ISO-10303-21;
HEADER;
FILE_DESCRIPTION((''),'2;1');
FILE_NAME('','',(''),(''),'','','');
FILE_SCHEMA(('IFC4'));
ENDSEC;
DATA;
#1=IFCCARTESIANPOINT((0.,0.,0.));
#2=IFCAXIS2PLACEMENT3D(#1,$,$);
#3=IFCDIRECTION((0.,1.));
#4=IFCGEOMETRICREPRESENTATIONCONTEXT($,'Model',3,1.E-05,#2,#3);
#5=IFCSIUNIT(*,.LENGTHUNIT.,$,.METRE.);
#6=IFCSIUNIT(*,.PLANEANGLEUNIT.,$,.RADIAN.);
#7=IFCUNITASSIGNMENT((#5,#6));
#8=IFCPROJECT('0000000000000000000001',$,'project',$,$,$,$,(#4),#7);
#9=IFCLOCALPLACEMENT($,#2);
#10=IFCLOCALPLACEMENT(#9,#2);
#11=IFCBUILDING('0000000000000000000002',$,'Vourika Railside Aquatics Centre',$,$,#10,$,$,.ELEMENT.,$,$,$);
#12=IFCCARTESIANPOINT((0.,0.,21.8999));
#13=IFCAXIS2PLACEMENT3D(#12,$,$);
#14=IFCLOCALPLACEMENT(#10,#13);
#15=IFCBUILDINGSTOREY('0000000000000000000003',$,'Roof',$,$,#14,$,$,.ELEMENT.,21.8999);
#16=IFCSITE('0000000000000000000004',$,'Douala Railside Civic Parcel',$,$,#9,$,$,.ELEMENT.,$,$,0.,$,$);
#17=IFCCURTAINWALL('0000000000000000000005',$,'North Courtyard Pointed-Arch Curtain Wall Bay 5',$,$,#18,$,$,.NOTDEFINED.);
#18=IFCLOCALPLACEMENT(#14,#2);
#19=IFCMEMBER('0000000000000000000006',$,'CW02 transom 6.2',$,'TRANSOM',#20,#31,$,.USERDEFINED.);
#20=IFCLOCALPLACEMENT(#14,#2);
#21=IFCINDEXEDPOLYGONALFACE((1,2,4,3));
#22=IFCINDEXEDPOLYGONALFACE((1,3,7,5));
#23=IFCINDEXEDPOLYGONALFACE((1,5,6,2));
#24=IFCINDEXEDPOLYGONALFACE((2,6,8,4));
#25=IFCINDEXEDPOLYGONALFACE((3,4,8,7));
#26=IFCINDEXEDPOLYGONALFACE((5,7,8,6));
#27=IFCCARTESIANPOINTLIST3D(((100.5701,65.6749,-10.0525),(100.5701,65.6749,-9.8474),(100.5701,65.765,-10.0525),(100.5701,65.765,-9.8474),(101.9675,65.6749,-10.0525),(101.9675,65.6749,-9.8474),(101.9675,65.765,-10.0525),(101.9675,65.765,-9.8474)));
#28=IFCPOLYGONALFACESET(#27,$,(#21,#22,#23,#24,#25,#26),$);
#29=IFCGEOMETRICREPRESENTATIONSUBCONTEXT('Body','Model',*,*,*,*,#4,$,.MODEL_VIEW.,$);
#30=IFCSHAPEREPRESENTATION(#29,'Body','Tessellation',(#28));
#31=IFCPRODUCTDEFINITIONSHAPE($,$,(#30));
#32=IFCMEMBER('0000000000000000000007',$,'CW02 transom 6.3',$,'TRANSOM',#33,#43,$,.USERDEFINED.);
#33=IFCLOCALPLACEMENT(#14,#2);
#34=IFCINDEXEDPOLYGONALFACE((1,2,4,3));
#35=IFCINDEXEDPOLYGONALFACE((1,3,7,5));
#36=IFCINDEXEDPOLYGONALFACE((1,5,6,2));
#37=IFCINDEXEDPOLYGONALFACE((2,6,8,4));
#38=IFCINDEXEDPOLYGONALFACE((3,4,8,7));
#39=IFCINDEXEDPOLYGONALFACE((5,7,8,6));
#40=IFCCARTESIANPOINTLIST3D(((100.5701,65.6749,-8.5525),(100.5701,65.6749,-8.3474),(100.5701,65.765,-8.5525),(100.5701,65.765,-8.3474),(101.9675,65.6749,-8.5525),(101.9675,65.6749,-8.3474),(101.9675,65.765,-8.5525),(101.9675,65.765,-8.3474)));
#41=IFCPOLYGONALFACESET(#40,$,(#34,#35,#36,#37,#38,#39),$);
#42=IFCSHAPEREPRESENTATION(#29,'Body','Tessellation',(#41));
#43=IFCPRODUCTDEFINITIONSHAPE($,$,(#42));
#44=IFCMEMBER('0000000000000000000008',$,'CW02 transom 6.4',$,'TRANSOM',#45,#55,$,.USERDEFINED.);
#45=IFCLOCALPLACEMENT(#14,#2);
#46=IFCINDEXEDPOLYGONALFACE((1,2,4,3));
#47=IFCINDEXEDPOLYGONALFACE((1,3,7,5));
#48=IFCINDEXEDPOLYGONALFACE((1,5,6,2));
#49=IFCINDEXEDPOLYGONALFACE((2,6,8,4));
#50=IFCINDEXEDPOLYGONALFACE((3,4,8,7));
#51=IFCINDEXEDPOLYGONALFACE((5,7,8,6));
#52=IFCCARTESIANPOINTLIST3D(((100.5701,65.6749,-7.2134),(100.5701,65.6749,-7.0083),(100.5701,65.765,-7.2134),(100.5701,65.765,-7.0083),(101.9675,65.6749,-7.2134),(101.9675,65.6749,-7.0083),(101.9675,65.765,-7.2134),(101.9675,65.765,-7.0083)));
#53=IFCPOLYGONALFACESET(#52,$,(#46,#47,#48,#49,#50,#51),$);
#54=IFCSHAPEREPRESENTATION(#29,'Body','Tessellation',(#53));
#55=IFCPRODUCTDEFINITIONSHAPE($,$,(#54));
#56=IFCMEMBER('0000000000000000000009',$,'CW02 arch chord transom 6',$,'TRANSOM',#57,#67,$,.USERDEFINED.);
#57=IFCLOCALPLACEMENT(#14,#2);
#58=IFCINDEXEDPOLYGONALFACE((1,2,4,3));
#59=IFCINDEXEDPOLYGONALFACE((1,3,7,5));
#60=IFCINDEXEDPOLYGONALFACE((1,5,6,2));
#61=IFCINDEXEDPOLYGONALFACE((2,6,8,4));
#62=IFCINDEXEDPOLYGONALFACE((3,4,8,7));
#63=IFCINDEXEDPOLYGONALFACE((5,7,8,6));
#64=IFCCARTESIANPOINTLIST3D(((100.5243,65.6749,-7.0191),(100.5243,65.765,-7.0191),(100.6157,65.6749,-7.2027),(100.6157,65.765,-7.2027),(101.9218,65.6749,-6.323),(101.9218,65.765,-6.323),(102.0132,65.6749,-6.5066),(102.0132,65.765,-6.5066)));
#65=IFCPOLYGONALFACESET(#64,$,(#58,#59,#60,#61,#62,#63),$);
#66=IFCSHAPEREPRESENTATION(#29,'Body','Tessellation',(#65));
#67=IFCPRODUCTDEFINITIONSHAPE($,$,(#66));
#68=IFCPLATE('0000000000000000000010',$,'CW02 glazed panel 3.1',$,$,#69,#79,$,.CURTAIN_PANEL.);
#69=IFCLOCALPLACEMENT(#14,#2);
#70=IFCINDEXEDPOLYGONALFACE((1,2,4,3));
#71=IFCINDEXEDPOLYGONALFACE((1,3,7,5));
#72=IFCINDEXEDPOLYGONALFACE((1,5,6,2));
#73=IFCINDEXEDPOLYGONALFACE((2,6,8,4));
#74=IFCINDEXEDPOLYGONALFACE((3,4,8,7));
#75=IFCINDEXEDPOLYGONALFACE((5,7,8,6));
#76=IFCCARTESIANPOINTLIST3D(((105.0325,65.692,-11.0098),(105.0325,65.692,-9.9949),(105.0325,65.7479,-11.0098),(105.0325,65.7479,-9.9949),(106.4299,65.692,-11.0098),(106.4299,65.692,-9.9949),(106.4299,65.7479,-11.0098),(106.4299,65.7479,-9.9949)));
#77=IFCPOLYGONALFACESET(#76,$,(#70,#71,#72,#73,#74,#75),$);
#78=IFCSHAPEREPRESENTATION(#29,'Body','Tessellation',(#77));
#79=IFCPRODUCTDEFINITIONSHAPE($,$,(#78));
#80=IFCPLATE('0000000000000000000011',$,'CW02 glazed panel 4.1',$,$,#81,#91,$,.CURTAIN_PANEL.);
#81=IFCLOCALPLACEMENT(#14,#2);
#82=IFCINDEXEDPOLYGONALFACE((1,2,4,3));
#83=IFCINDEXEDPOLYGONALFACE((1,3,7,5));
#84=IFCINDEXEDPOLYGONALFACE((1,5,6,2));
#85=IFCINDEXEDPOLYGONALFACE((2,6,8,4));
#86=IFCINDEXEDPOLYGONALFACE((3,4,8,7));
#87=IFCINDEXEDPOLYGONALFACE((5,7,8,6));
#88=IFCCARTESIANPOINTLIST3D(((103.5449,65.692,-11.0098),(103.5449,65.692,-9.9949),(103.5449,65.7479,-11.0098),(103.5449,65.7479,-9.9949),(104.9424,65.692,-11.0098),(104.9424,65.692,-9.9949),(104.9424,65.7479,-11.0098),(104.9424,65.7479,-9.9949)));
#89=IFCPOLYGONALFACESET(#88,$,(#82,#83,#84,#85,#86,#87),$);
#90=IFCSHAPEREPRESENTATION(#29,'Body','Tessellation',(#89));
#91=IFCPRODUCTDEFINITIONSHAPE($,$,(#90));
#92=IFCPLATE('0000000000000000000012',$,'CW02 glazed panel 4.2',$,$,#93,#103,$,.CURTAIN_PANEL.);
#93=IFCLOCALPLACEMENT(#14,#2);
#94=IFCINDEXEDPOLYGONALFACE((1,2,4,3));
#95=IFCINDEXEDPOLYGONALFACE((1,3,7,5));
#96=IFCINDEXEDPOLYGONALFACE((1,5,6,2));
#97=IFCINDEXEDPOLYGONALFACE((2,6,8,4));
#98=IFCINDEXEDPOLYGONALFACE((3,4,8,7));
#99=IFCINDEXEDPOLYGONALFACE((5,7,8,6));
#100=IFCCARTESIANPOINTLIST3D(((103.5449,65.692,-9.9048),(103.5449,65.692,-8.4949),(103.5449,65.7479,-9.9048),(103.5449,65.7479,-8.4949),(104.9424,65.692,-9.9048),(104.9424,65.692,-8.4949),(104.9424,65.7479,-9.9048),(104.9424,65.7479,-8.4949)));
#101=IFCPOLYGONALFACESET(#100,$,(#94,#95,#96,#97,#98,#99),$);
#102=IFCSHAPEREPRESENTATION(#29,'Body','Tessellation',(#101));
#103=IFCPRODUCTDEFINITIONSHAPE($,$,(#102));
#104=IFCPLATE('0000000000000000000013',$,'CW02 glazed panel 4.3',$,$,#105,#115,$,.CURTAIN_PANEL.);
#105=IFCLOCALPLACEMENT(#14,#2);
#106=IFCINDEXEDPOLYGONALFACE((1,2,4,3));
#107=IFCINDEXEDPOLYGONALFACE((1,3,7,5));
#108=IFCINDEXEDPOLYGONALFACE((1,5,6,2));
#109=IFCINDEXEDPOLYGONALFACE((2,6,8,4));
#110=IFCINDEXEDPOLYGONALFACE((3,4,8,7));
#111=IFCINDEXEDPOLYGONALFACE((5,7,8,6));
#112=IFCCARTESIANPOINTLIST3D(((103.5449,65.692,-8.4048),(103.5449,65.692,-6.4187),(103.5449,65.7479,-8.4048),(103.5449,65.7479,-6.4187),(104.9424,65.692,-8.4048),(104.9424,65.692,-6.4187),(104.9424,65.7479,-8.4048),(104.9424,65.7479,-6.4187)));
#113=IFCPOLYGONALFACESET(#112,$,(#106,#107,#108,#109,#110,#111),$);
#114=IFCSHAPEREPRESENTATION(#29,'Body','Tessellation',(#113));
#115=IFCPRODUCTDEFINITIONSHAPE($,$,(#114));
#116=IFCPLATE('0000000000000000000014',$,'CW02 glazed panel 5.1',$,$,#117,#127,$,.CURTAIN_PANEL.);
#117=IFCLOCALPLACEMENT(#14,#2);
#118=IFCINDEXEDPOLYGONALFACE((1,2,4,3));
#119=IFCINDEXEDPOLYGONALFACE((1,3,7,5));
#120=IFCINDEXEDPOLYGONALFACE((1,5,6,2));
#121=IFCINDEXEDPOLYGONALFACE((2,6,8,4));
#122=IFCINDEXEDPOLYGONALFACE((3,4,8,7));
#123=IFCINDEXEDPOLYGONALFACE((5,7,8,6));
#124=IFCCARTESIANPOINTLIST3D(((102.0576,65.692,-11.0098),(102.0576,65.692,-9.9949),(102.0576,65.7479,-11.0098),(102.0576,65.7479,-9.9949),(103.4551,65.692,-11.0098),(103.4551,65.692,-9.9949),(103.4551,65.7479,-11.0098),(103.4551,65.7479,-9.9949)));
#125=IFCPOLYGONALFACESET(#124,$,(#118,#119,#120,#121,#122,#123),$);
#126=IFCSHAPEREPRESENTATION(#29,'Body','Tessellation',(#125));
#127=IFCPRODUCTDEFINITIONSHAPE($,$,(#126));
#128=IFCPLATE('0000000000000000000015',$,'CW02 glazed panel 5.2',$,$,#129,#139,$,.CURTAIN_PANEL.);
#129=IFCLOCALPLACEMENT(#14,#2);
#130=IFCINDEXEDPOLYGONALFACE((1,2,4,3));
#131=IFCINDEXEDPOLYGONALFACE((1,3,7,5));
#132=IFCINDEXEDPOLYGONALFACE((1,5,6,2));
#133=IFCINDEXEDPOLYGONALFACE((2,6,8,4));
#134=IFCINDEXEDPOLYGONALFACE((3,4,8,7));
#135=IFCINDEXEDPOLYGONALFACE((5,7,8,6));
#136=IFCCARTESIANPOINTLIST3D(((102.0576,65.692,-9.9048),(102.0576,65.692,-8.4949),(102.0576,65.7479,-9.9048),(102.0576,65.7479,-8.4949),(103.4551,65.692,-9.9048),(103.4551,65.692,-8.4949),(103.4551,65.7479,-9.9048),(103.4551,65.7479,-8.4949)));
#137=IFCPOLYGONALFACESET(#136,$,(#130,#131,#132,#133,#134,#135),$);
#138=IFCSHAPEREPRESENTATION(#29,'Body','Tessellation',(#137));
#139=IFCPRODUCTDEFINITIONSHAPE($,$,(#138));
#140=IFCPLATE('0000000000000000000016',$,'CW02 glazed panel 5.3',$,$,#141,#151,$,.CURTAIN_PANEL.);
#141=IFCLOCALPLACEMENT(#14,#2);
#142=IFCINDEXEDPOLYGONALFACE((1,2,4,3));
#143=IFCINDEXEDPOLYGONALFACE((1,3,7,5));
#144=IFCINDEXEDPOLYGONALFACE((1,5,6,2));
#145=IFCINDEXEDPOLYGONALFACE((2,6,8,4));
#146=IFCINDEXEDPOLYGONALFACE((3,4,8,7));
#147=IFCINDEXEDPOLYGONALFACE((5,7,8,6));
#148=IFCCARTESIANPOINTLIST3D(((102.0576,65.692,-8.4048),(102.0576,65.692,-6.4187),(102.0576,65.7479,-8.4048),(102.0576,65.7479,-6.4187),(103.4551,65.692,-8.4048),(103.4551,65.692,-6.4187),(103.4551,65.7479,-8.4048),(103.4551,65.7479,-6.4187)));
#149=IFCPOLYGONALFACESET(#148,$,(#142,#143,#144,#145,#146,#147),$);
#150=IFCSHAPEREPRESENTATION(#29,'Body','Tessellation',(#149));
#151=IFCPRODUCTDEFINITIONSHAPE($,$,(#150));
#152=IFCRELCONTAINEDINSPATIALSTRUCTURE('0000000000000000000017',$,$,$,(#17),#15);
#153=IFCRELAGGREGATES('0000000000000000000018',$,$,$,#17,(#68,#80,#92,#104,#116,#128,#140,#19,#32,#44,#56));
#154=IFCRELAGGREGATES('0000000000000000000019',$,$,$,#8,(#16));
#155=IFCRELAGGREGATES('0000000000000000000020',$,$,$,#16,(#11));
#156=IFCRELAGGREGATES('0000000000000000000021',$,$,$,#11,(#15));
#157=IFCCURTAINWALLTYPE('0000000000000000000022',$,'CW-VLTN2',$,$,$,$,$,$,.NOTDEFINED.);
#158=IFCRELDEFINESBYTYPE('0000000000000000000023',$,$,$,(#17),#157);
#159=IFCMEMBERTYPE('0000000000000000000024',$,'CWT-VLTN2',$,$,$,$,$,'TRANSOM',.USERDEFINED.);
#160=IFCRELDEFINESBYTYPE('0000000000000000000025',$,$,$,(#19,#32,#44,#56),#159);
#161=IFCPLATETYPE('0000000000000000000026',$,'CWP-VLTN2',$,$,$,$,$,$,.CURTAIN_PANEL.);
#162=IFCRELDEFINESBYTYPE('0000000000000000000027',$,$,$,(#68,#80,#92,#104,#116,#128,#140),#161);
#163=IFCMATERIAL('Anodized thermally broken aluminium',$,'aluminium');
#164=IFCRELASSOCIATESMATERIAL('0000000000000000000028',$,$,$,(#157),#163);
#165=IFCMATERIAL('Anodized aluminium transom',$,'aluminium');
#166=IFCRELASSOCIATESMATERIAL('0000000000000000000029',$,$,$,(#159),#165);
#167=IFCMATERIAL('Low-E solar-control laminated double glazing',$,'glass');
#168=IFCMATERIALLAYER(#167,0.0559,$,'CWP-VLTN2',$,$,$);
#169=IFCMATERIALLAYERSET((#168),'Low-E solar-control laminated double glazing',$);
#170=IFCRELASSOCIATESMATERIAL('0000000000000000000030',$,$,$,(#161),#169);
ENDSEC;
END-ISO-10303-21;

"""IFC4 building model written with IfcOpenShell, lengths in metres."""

from ifc_helpers import new_model, si_unit, direction, frame, origin, origin_2d, place, context, subcontext, project, spatial, rectangle, extrude, material, layer, layer_set, material_profile, profile_set, type_object, element, aggregate, save


model = new_model("IFC4")

# Units and contexts
model_context = context("Model", 3, precision=1e-05, world=origin(), true_north=direction((0.0, 1.0)))
body_context = subcontext(model_context, "Body", "Model", "MODEL_VIEW")
ifc_project = project(units=[si_unit("LENGTHUNIT", "METRE"), si_unit("PLANEANGLEUNIT", "RADIAN")], contexts=[model_context])

# Site, building, storey
site_placement = place(None, origin())
site = spatial("IfcSite", under=ifc_project, at=site_placement, Name="Douala Railside Civic Parcel", CompositionType="ELEMENT", RefElevation=0.0)
building_placement = place(site_placement, origin())
building = spatial("IfcBuilding", under=site, at=building_placement, Name="Vourika Railside Aquatics Centre", CompositionType="ELEMENT")
storey_placement = place(building_placement, frame((0.0, 0.0, 21.8999)))
storey = spatial("IfcBuildingStorey", under=building, at=storey_placement, Name="Roof", CompositionType="ELEMENT", Elevation=21.8999)

# Curtain wall, members, plates
ifc_material_1 = material(Name="Anodized thermally broken aluminium", Category="aluminium")
curtain_wall_type = type_object("IfcCurtainWallType", Name="CW-VLTN2", PredefinedType="NOTDEFINED", material=ifc_material_1)
curtain_wall_placement = place(storey_placement, origin())
curtain_wall = element("IfcCurtainWall", 1, at=curtain_wall_placement, inside=storey, type_object=curtain_wall_type, Name="North Courtyard Pointed-Arch Curtain Wall Bay 5", PredefinedType="NOTDEFINED")
ifc_material_2 = material(Name="Anodized aluminium transom", Category="aluminium")
ifc_material_profile_1 = material_profile(ifc_material_2, rectangle(XDim=0.0901, YDim=0.2051, at=origin_2d()), Name="ALU-T 90x205")
ifc_profile_set_1 = profile_set([ifc_material_profile_1], Name="Anodized aluminium transom")
member_type_1 = type_object("IfcMemberType", Name="CWT-VLTN2", ElementType="TRANSOM", PredefinedType="USERDEFINED", material=ifc_profile_set_1)
member_1_placement = place(storey_placement, frame((101.9675, 65.72, -9.95), z_axis=(-1.0, 0.0, 0.0), x_axis=(0.0, -1.0, 0.0)))
member_1 = element("IfcMember", 2, at=member_1_placement, type_object=member_type_1, Name="CW02 transom 6.2", ObjectType="TRANSOM", PredefinedType="USERDEFINED", context=body_context, shape_type="SweptSolid", body=[
    extrude(rectangle(XDim=0.0901, YDim=0.2051, at=origin_2d()), origin(), (0.0, 0.0, 1.0), 1.3975),
])
member_2_placement = place(storey_placement, frame((101.9675, 65.72, -8.45), z_axis=(-1.0, 0.0, 0.0), x_axis=(0.0, -1.0, 0.0)))
member_2 = element("IfcMember", 3, at=member_2_placement, type_object=member_type_1, Name="CW02 transom 6.3", ObjectType="TRANSOM", PredefinedType="USERDEFINED", context=body_context, shape_type="SweptSolid", body=[
    extrude(rectangle(XDim=0.0901, YDim=0.2051, at=origin_2d()), origin(), (0.0, 0.0, 1.0), 1.3975),
])
member_3_placement = place(storey_placement, frame((101.9675, 65.72, -7.1108), z_axis=(-1.0, 0.0, 0.0), x_axis=(0.0, -1.0, 0.0)))
member_3 = element("IfcMember", 4, at=member_3_placement, type_object=member_type_1, Name="CW02 transom 6.4", ObjectType="TRANSOM", PredefinedType="USERDEFINED", context=body_context, shape_type="SweptSolid", body=[
    extrude(rectangle(XDim=0.0901, YDim=0.2051, at=origin_2d()), origin(), (0.0, 0.0, 1.0), 1.3975),
])
member_4_placement = place(storey_placement, frame((101.9675, 65.72, -6.4148), z_axis=(-0.895114, 0.0, -0.445837), x_axis=(0.0, -1.0, 0.0)))
member_4 = element("IfcMember", 5, at=member_4_placement, type_object=member_type_1, Name="CW02 arch chord transom 6", ObjectType="TRANSOM", PredefinedType="USERDEFINED", context=body_context, shape_type="SweptSolid", body=[
    extrude(rectangle(XDim=0.0901, YDim=0.2051, at=origin_2d()), origin(), (0.0, 0.0, 1.0), 1.5613),
])
ifc_material_3 = material(Name="Low-E solar-control laminated double glazing", Category="glass")
ifc_layer = layer(ifc_material_3, 0.0559, Name="CWP-VLTN2")
ifc_layer_set = layer_set([ifc_layer], Name="Low-E solar-control laminated double glazing")
plate_type = type_object("IfcPlateType", Name="CWP-VLTN2", PredefinedType="CURTAIN_PANEL", material=ifc_layer_set)
plate_1_placement = place(storey_placement, frame((105.7312, 65.72, -11.0098), z_axis=(0.0, 0.0, 1.0), x_axis=(-1.0, 0.0, 0.0)))
plate_1 = element("IfcPlate", 6, at=plate_1_placement, type_object=plate_type, Name="CW02 glazed panel 3.1", PredefinedType="CURTAIN_PANEL", context=body_context, shape_type="SweptSolid", body=[
    extrude(rectangle(XDim=1.3975, YDim=0.0559, at=origin_2d()), origin(), (0.0, 0.0, 1.0), 1.0149),
])
plate_2_placement = place(storey_placement, frame((104.2437, 65.72, -11.0098), z_axis=(0.0, 0.0, 1.0), x_axis=(-1.0, 0.0, 0.0)))
plate_2 = element("IfcPlate", 7, at=plate_2_placement, type_object=plate_type, Name="CW02 glazed panel 4.1", PredefinedType="CURTAIN_PANEL", context=body_context, shape_type="SweptSolid", body=[
    extrude(rectangle(XDim=1.3975, YDim=0.0559, at=origin_2d()), origin(), (0.0, 0.0, 1.0), 1.0149),
])
plate_3_placement = place(storey_placement, frame((104.2437, 65.72, -9.9048), z_axis=(0.0, 0.0, 1.0), x_axis=(-1.0, 0.0, 0.0)))
plate_3 = element("IfcPlate", 8, at=plate_3_placement, type_object=plate_type, Name="CW02 glazed panel 4.2", PredefinedType="CURTAIN_PANEL", context=body_context, shape_type="SweptSolid", body=[
    extrude(rectangle(XDim=1.3975, YDim=0.0559, at=origin_2d()), origin(), (0.0, 0.0, 1.0), 1.4099),
])
plate_4_placement = place(storey_placement, frame((104.2437, 65.72, -8.4048), z_axis=(0.0, 0.0, 1.0), x_axis=(-1.0, 0.0, 0.0)))
plate_4 = element("IfcPlate", 9, at=plate_4_placement, type_object=plate_type, Name="CW02 glazed panel 4.3", PredefinedType="CURTAIN_PANEL", context=body_context, shape_type="SweptSolid", body=[
    extrude(rectangle(XDim=1.3975, YDim=0.0559, at=origin_2d()), origin(), (0.0, 0.0, 1.0), 1.9861),
])
plate_5_placement = place(storey_placement, frame((102.7563, 65.72, -11.0098), z_axis=(0.0, 0.0, 1.0), x_axis=(-1.0, 0.0, 0.0)))
plate_5 = element("IfcPlate", 10, at=plate_5_placement, type_object=plate_type, Name="CW02 glazed panel 5.1", PredefinedType="CURTAIN_PANEL", context=body_context, shape_type="SweptSolid", body=[
    extrude(rectangle(XDim=1.3975, YDim=0.0559, at=origin_2d()), origin(), (0.0, 0.0, 1.0), 1.0149),
])
plate_6_placement = place(storey_placement, frame((102.7563, 65.72, -9.9048), z_axis=(0.0, 0.0, 1.0), x_axis=(-1.0, 0.0, 0.0)))
plate_6 = element("IfcPlate", 11, at=plate_6_placement, type_object=plate_type, Name="CW02 glazed panel 5.2", PredefinedType="CURTAIN_PANEL", context=body_context, shape_type="SweptSolid", body=[
    extrude(rectangle(XDim=1.3975, YDim=0.0559, at=origin_2d()), origin(), (0.0, 0.0, 1.0), 1.4099),
])
plate_7_placement = place(storey_placement, frame((102.7563, 65.72, -8.4048), z_axis=(0.0, 0.0, 1.0), x_axis=(-1.0, 0.0, 0.0)))
plate_7 = element("IfcPlate", 12, at=plate_7_placement, type_object=plate_type, Name="CW02 glazed panel 5.3", PredefinedType="CURTAIN_PANEL", context=body_context, shape_type="SweptSolid", body=[
    extrude(rectangle(XDim=1.3975, YDim=0.0559, at=origin_2d()), origin(), (0.0, 0.0, 1.0), 1.9861),
])
aggregate(curtain_wall, [plate_1, plate_2, plate_3, plate_4, plate_5, plate_6, plate_7, member_1, member_2, member_3, member_4])

save(model, "model.ifc")
